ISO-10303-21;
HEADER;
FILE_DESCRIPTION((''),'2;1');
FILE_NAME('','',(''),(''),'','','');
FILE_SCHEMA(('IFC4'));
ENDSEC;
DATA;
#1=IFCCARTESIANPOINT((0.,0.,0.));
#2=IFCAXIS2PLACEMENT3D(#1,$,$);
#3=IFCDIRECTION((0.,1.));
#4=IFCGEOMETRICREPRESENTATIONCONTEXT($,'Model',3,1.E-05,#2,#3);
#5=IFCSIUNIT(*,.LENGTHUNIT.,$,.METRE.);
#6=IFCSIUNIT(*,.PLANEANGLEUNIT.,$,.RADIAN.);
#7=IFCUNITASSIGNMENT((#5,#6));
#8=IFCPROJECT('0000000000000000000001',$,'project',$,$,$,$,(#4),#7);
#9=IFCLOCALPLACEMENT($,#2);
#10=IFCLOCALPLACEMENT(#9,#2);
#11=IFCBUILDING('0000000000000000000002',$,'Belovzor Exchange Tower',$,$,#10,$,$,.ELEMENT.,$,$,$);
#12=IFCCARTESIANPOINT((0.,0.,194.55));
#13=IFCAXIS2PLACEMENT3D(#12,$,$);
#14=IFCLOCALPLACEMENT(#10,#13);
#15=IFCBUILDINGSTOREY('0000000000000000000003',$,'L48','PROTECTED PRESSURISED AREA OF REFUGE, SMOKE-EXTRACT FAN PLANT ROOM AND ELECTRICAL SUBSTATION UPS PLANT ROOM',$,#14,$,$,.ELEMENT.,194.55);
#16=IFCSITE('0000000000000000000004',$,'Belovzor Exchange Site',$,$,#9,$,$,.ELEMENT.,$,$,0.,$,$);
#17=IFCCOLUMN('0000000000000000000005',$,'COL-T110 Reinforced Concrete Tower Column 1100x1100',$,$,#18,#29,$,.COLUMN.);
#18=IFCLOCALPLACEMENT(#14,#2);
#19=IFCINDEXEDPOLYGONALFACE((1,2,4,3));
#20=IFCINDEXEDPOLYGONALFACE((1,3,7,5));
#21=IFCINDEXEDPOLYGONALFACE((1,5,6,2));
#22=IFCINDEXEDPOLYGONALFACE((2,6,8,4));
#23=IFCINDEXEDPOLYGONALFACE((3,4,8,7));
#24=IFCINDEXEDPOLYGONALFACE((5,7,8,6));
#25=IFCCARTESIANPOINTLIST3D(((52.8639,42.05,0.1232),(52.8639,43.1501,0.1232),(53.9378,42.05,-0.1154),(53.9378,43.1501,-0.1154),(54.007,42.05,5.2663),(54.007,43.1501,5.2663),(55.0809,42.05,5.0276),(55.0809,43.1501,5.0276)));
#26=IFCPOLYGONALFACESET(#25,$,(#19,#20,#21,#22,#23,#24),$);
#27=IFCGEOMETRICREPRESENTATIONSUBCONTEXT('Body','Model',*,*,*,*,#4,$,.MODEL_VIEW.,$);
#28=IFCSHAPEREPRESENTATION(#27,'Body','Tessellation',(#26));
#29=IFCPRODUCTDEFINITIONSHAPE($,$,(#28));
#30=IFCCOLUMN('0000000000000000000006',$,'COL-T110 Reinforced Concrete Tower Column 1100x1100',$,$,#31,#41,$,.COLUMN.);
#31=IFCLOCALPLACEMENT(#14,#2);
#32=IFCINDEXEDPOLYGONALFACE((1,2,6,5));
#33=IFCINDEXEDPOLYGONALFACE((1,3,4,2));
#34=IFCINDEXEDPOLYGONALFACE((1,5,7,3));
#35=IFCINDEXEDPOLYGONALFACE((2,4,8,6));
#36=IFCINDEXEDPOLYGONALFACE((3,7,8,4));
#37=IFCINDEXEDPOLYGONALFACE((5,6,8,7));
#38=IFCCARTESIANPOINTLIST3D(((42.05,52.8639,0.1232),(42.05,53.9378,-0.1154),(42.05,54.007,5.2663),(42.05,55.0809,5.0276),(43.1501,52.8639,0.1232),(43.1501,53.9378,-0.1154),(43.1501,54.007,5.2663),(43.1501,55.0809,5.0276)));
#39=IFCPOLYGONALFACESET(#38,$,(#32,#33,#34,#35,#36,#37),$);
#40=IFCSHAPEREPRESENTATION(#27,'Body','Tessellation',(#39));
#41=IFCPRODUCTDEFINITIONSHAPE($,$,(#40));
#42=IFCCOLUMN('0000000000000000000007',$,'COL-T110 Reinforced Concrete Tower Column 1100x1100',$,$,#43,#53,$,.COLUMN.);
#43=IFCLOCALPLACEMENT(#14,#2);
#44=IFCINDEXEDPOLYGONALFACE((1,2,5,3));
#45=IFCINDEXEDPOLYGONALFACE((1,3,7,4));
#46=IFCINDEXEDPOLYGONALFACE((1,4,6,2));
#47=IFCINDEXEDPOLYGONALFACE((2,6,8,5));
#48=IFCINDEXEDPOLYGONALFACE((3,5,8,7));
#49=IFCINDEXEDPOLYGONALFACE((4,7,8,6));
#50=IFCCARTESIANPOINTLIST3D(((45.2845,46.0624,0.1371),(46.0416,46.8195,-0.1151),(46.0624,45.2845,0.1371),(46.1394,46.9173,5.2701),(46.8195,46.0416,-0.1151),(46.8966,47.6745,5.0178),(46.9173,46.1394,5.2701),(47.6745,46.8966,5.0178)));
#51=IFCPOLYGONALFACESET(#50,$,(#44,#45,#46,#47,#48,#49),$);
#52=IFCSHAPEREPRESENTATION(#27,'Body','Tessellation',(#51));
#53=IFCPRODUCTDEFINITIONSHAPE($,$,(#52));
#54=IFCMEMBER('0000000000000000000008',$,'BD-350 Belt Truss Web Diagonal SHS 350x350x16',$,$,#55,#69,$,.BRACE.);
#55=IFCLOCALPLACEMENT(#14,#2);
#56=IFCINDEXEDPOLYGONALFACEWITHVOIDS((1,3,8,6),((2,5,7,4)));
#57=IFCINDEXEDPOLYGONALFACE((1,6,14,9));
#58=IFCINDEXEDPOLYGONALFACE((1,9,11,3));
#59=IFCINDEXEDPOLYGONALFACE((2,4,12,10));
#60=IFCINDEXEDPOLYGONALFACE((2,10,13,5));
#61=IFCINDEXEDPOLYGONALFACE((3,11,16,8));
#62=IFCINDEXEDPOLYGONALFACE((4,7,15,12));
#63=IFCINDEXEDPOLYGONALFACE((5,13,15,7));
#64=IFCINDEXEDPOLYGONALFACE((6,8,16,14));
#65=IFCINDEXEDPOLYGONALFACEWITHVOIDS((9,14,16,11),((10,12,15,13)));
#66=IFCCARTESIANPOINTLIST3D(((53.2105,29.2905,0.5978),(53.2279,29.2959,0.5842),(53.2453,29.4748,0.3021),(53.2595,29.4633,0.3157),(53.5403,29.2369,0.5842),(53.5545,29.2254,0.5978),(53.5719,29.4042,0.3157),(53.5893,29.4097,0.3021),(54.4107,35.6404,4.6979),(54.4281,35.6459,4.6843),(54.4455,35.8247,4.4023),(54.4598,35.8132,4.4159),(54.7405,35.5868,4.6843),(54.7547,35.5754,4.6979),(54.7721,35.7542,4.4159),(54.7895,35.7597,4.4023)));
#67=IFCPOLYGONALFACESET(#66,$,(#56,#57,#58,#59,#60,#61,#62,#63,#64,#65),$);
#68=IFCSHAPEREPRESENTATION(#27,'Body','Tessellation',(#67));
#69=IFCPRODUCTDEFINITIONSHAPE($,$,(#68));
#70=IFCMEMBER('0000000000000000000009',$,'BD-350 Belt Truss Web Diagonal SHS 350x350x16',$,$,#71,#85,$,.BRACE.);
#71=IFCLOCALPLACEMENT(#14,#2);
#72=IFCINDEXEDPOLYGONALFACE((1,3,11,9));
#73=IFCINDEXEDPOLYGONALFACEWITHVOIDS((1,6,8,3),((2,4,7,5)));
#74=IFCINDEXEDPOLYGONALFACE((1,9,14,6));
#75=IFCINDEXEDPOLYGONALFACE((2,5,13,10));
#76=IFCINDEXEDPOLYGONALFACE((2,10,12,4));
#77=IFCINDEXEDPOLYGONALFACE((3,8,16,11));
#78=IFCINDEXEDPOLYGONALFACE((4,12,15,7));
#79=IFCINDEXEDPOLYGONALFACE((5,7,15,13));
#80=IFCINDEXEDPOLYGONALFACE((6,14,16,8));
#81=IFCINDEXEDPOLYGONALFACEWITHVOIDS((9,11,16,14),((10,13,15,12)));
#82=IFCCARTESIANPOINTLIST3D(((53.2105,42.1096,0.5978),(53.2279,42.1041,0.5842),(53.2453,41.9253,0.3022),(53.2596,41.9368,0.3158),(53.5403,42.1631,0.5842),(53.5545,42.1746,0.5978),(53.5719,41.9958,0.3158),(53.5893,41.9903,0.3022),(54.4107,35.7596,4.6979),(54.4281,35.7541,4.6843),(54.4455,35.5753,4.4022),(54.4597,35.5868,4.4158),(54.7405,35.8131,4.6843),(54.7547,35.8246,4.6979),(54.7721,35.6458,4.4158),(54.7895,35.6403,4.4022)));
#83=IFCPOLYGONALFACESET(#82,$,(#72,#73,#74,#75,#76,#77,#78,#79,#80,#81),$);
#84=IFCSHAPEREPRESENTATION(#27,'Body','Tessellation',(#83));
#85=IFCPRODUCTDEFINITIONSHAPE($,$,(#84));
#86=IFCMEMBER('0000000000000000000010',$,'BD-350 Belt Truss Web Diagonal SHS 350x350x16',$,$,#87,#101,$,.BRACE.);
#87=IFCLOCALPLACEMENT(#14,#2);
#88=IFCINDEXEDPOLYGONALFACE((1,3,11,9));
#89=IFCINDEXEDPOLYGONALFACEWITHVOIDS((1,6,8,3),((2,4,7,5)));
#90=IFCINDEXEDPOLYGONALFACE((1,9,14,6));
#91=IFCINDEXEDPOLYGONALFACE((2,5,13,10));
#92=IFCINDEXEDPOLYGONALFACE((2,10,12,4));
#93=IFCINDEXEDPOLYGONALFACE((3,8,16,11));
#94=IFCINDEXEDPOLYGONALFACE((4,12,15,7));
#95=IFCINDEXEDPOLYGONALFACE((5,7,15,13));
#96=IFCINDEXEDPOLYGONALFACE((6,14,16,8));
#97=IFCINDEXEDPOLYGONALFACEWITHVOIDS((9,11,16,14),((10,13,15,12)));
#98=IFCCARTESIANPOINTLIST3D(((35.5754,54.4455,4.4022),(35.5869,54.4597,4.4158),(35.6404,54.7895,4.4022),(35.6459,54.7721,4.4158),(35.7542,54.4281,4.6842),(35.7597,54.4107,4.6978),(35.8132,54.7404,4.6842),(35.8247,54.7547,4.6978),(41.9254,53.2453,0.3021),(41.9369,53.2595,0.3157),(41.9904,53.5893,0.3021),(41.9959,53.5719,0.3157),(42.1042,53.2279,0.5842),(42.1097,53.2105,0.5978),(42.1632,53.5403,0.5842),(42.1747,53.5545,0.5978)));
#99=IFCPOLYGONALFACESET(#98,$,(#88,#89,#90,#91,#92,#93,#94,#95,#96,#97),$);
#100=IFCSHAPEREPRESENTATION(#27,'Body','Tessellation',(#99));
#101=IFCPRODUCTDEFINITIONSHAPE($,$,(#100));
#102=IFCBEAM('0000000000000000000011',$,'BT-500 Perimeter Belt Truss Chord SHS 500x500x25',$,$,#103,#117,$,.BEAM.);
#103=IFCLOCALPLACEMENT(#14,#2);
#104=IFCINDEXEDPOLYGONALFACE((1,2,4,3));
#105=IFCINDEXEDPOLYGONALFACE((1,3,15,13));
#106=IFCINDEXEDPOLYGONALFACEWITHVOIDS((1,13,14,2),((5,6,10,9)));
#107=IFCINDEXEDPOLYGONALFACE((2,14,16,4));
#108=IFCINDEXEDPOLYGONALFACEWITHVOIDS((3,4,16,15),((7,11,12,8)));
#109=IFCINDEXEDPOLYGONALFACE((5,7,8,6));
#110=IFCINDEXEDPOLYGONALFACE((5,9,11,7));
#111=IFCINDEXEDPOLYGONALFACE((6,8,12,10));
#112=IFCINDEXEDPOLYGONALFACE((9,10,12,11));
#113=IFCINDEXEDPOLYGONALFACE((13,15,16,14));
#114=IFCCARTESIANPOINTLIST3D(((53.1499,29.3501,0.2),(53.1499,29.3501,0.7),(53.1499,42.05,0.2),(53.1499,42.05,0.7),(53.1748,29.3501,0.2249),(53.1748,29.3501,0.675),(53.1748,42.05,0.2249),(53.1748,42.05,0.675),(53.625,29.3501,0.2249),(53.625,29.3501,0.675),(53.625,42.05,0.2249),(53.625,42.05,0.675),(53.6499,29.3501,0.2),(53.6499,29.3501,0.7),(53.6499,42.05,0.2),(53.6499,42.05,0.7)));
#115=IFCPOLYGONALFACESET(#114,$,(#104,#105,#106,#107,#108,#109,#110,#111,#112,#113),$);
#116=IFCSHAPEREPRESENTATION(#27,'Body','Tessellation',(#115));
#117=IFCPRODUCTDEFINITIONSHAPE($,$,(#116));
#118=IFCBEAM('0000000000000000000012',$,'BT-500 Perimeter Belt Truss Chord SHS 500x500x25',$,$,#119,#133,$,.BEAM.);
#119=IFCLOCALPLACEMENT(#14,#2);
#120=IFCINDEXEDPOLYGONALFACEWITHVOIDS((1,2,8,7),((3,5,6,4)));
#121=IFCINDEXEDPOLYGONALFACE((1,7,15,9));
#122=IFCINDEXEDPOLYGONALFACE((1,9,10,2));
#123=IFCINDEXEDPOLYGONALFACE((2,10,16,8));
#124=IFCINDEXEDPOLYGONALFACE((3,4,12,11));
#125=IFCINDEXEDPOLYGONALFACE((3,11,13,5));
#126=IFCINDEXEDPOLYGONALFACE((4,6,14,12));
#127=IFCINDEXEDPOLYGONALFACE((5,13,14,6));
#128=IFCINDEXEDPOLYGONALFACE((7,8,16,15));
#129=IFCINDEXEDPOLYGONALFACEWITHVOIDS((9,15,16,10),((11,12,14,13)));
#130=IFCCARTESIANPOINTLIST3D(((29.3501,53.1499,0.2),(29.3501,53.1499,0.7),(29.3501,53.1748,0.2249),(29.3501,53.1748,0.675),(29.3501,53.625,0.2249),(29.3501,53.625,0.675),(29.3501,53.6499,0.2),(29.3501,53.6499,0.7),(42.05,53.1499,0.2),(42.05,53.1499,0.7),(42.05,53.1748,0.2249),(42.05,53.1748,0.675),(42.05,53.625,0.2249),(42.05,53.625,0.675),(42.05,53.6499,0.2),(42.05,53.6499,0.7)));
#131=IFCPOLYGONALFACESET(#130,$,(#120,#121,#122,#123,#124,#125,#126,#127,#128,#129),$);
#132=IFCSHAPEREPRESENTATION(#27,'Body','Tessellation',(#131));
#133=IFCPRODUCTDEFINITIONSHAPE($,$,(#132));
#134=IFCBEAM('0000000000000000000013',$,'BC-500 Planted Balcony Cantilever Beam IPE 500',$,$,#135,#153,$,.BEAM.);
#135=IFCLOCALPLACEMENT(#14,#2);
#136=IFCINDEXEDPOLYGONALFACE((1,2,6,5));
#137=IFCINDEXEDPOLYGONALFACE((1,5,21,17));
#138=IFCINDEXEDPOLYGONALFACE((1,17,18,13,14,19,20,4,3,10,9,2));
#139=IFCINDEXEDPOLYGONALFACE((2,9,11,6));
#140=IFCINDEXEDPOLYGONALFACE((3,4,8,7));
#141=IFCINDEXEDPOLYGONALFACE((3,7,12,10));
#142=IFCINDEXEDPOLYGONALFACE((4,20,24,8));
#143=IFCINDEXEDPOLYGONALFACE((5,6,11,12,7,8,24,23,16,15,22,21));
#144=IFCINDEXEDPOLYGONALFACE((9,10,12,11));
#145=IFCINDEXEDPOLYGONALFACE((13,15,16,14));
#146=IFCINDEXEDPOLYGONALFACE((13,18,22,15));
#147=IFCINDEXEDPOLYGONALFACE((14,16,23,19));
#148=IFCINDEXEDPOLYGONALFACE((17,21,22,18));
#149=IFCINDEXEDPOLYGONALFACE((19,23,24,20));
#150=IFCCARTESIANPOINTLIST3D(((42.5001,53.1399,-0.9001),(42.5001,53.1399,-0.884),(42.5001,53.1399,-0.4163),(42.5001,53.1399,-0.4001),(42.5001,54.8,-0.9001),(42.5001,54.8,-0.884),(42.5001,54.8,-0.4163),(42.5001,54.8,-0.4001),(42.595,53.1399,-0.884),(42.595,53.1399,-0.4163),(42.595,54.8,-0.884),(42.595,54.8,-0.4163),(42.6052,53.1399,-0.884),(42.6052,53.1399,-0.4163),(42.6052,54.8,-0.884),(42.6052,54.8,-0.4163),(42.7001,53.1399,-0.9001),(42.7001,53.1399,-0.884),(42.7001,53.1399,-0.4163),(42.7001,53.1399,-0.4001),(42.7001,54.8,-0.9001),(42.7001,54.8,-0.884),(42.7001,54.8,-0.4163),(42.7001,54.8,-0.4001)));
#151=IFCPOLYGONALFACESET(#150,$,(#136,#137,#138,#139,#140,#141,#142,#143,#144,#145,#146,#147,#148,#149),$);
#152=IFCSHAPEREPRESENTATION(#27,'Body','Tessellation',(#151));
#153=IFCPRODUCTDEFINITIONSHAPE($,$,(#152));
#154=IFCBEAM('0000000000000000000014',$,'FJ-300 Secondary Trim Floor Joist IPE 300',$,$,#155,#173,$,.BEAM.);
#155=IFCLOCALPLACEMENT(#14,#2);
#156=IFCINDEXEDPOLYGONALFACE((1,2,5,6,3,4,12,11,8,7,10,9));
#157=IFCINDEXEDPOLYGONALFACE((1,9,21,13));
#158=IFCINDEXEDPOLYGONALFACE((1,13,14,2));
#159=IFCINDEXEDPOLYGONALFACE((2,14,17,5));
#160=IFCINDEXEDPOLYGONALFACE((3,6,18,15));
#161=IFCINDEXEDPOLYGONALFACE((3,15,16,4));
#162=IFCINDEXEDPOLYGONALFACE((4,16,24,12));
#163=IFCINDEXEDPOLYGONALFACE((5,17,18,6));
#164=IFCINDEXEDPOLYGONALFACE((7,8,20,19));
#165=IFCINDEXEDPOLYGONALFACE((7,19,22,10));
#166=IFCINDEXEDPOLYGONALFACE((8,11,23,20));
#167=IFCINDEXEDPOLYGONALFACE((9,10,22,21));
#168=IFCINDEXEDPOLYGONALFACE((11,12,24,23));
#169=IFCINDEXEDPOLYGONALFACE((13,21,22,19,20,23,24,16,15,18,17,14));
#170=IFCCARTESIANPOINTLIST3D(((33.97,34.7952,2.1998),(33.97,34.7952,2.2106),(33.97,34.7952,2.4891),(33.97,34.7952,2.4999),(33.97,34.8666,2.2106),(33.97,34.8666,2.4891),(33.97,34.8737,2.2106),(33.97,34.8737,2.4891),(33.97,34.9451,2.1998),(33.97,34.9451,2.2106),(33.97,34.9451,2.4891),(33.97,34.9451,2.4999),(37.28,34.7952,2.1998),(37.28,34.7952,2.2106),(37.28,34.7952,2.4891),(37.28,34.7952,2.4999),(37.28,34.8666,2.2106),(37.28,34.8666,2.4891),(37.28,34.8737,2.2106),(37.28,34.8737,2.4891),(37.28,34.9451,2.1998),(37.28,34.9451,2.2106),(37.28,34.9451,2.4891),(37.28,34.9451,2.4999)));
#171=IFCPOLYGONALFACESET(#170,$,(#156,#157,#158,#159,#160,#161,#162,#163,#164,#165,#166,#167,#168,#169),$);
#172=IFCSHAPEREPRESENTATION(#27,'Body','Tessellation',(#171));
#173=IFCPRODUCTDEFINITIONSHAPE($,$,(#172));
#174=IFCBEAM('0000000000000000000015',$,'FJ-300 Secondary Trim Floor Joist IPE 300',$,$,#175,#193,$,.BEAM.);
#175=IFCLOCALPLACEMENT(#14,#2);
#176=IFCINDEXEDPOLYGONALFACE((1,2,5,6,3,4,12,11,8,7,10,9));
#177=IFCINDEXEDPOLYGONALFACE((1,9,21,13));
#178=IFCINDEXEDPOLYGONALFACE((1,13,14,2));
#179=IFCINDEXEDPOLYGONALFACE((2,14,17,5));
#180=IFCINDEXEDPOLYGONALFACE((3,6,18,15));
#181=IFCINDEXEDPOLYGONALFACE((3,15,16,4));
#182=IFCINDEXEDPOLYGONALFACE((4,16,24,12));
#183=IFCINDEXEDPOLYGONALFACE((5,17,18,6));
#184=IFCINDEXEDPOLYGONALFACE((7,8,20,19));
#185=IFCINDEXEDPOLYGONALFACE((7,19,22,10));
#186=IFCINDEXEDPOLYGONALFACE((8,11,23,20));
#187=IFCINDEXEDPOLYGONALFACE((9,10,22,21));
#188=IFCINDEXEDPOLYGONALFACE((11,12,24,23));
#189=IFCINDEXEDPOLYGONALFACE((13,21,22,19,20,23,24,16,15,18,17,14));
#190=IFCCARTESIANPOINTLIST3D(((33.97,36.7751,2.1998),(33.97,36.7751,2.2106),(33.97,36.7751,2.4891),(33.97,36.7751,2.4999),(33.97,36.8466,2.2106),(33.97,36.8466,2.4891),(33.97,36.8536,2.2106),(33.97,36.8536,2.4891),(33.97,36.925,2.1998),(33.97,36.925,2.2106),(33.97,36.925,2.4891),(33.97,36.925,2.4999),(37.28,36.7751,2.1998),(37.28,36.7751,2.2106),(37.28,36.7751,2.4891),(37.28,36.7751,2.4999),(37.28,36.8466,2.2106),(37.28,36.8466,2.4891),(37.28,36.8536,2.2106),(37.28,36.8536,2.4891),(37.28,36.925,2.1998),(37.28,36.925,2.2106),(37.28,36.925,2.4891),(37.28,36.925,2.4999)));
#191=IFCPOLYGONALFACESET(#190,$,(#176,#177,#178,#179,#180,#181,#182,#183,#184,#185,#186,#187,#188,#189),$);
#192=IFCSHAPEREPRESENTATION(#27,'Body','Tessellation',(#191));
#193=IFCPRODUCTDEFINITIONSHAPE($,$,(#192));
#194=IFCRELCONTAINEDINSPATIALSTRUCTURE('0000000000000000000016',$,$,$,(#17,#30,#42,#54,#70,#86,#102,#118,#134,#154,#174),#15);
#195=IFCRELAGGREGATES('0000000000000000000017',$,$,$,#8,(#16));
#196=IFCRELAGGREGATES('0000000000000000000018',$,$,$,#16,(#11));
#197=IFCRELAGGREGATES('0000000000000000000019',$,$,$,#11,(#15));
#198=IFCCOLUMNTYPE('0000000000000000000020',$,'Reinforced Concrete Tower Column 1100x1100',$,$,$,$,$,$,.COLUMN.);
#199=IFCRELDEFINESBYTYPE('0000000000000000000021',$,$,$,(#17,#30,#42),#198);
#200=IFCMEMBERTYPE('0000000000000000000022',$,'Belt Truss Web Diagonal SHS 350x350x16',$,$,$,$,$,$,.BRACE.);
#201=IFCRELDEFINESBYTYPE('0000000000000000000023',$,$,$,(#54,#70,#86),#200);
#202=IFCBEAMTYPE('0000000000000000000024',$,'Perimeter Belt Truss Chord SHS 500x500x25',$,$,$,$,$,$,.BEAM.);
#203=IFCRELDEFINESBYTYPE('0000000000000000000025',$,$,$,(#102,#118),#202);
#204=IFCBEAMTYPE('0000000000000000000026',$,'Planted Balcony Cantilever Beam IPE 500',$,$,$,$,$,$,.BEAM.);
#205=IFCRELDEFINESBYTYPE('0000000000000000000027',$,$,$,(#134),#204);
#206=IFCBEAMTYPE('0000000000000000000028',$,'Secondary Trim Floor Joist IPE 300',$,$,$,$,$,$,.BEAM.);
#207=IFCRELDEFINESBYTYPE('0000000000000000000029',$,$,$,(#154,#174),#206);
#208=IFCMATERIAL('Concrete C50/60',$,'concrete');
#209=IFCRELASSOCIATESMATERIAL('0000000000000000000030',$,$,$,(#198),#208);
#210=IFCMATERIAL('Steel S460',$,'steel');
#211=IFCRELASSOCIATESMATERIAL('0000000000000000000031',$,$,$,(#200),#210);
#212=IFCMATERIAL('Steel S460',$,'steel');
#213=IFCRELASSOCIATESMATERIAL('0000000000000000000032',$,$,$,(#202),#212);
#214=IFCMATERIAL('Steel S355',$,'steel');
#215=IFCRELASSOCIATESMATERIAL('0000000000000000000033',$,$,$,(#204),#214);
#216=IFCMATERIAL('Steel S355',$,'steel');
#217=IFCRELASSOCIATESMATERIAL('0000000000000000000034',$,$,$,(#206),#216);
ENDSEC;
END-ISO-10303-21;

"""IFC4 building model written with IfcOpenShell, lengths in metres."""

from ifc_helpers import new_model, si_unit, direction, frame, origin, origin_2d, place, context, subcontext, project, spatial, rectangle, hollow_rectangle, i_section, extrude, material, material_profile, profile_set, type_object, element, save


model = new_model("IFC4")

# Units and contexts
model_context = context("Model", 3, precision=1e-05, world=origin(), true_north=direction((0.0, 1.0)))
body_context = subcontext(model_context, "Body", "Model", "MODEL_VIEW")
ifc_project = project(units=[si_unit("LENGTHUNIT", "METRE"), si_unit("PLANEANGLEUNIT", "RADIAN")], contexts=[model_context])

# Site, building, storey
site_placement = place(None, origin())
site = spatial("IfcSite", under=ifc_project, at=site_placement, Name="Belovzor Exchange Site", CompositionType="ELEMENT", RefElevation=0.0)
building_placement = place(site_placement, origin())
building = spatial("IfcBuilding", under=site, at=building_placement, Name="Belovzor Exchange Tower", CompositionType="ELEMENT")
storey_placement = place(building_placement, frame((0.0, 0.0, 194.55)))
storey = spatial("IfcBuildingStorey", under=building, at=storey_placement, Name="L48", Description="PROTECTED PRESSURISED AREA OF REFUGE, SMOKE-EXTRACT FAN PLANT ROOM AND ELECTRICAL SUBSTATION UPS PLANT ROOM", CompositionType="ELEMENT", Elevation=194.55)

# Columns
ifc_material_1 = material(Name="Concrete C50/60", Category="concrete")
ifc_material_profile_1 = material_profile(ifc_material_1, rectangle(XDim=1.1001, YDim=1.1001, at=origin_2d()))
ifc_profile_set_1 = profile_set([ifc_material_profile_1], Name="Concrete C50/60")
column_type = type_object("IfcColumnType", Name="Reinforced Concrete Tower Column 1100x1100", PredefinedType="COLUMN", material=ifc_profile_set_1)
for number, where, z_axis, x_axis, name in (
    (1, (53.4009, 42.6001, 0.0039), (0.21696, 0.0, 0.976181), (0.0, 1.0, 0.0), "COL-T110 Reinforced Concrete Tower Column 1100x1100"),
    (2, (42.6001, 53.4009, 0.0039), (0.0, 0.21696, 0.976181), (-1.0, 0.0, 0.0), "COL-T110 Reinforced Concrete Tower Column 1100x1100"),
):
    element("IfcColumn", number, at=place(storey_placement, frame(where, z_axis=z_axis, x_axis=x_axis)), inside=storey, type_object=column_type, Name=name, PredefinedType="COLUMN", context=body_context, shape_type="SweptSolid", body=[
        extrude(rectangle(XDim=1.1001, YDim=1.1001, at=origin_2d()), origin(), (0.0, 0.0, 1.0), 5.2686),
    ])
column_placement = place(storey_placement, frame((46.052, 46.052, 0.011), z_axis=(0.162126, 0.162126, 0.97336), x_axis=(-0.707107, 0.707107, 0.0)))
element("IfcColumn", 3, at=column_placement, inside=storey, type_object=column_type, Name="COL-T110 Reinforced Concrete Tower Column 1100x1100", PredefinedType="COLUMN", context=body_context, shape_type="SweptSolid", body=[
    extrude(rectangle(XDim=1.1001, YDim=1.1001, at=origin_2d()), origin(), (0.0, 0.0, 1.0), 5.2734),
])

# Members
ifc_material_2 = material(Name="Steel S460", Category="steel")
ifc_material_profile_2 = material_profile(ifc_material_2, hollow_rectangle(XDim=0.3501, YDim=0.3501, WallThickness=0.0161, at=origin_2d()))
ifc_profile_set_2 = profile_set([ifc_material_profile_2], Name="Steel S460")
member_type_1 = type_object("IfcMemberType", Name="Belt Truss Web Diagonal SHS 350x350x16", PredefinedType="BRACE", material=ifc_profile_set_2)
for number, where, z_axis, x_axis, name in (
    (4, (53.3999, 29.3501, 0.45), (0.156822, 0.829696, 0.535734), (-0.982602, 0.185723, 0.0), "BD-350 Belt Truss Web Diagonal SHS 350x350x16"),
    (5, (54.6001, 35.7, 4.55), (-0.156818, 0.829706, -0.53572), (-0.982603, -0.185716, 0.0), "BD-350 Belt Truss Web Diagonal SHS 350x350x16"),
    (6, (42.05, 53.3999, 0.45), (-0.829706, 0.156818, 0.53572), (-0.185716, -0.982603, 0.0), "BD-350 Belt Truss Web Diagonal SHS 350x350x16"),
):
    element("IfcMember", number, at=place(storey_placement, frame(where, z_axis=z_axis, x_axis=x_axis)), inside=storey, type_object=member_type_1, Name=name, PredefinedType="BRACE", context=body_context, shape_type="SweptSolid", body=[
        extrude(hollow_rectangle(XDim=0.3501, YDim=0.3501, WallThickness=0.0161, at=origin_2d()), origin(), (0.0, 0.0, 1.0), 7.6533),
    ])

# Beams
ifc_material_3 = material(Name="Steel S460", Category="steel")
ifc_material_profile_3 = material_profile(ifc_material_3, hollow_rectangle(XDim=0.5, YDim=0.5, WallThickness=0.0249, at=origin_2d()))
ifc_profile_set_3 = profile_set([ifc_material_profile_3], Name="Steel S460")
beam_type_1 = type_object("IfcBeamType", Name="Perimeter Belt Truss Chord SHS 500x500x25", PredefinedType="BEAM", material=ifc_profile_set_3)
for number, where, z_axis, x_axis, name in (
    (7, (53.3999, 29.3501, 0.45), (0.0, 1.0, 0.0), (-1.0, 0.0, 0.0), "BT-500 Perimeter Belt Truss Chord SHS 500x500x25"),
    (8, (42.05, 53.3999, 0.45), (-1.0, 0.0, 0.0), (0.0, -1.0, 0.0), "BT-500 Perimeter Belt Truss Chord SHS 500x500x25"),
):
    element("IfcBeam", number, at=place(storey_placement, frame(where, z_axis=z_axis, x_axis=x_axis)), inside=storey, type_object=beam_type_1, Name=name, PredefinedType="BEAM", context=body_context, shape_type="SweptSolid", body=[
        extrude(hollow_rectangle(XDim=0.5, YDim=0.5, WallThickness=0.0249, at=origin_2d()), origin(), (0.0, 0.0, 1.0), 12.7),
    ])
ifc_material_4 = material(Name="Steel S355", Category="steel")
ifc_material_profile_4 = material_profile(ifc_material_4, i_section(OverallWidth=0.2, OverallDepth=0.5, WebThickness=0.0103, FlangeThickness=0.0161, at=origin_2d()))
ifc_profile_set_4 = profile_set([ifc_material_profile_4], Name="Steel S355")
beam_type_2 = type_object("IfcBeamType", Name="Planted Balcony Cantilever Beam IPE 500", PredefinedType="BEAM", material=ifc_profile_set_4)
beam_1_placement = place(storey_placement, frame((42.6001, 53.1399, -0.6501), z_axis=(0.0, 1.0, 0.0), x_axis=(-1.0, 0.0, 0.0)))
element("IfcBeam", 9, at=beam_1_placement, inside=storey, type_object=beam_type_2, Name="BC-500 Planted Balcony Cantilever Beam IPE 500", PredefinedType="BEAM", context=body_context, shape_type="SweptSolid", body=[
    extrude(i_section(OverallWidth=0.2, OverallDepth=0.5, WebThickness=0.0103, FlangeThickness=0.0161, at=origin_2d()), origin(), (0.0, 0.0, 1.0), 1.6602),
])
ifc_material_5 = material(Name="Steel S355", Category="steel")
ifc_material_profile_5 = material_profile(ifc_material_5, i_section(OverallWidth=0.1499, OverallDepth=0.3, WebThickness=0.0071, FlangeThickness=0.0107, at=origin_2d()))
ifc_profile_set_5 = profile_set([ifc_material_profile_5], Name="Steel S355")
beam_type_3 = type_object("IfcBeamType", Name="Secondary Trim Floor Joist IPE 300", PredefinedType="BEAM", material=ifc_profile_set_5)
for number, where, z_axis, x_axis, name in (
    (10, (37.28, 34.8701, 2.3499), (-1.0, 0.0, 0.0), (0.0, -1.0, 0.0), "FJ-300 Secondary Trim Floor Joist IPE 300"),
    (11, (37.28, 36.8501, 2.3499), (-1.0, 0.0, 0.0), (0.0, -1.0, 0.0), "FJ-300 Secondary Trim Floor Joist IPE 300"),
):
    element("IfcBeam", number, at=place(storey_placement, frame(where, z_axis=z_axis, x_axis=x_axis)), inside=storey, type_object=beam_type_3, Name=name, PredefinedType="BEAM", context=body_context, shape_type="SweptSolid", body=[
        extrude(i_section(OverallWidth=0.1499, OverallDepth=0.3, WebThickness=0.0071, FlangeThickness=0.0107, at=origin_2d()), origin(), (0.0, 0.0, 1.0), 3.3101),
    ])

save(model, "model.ifc")
